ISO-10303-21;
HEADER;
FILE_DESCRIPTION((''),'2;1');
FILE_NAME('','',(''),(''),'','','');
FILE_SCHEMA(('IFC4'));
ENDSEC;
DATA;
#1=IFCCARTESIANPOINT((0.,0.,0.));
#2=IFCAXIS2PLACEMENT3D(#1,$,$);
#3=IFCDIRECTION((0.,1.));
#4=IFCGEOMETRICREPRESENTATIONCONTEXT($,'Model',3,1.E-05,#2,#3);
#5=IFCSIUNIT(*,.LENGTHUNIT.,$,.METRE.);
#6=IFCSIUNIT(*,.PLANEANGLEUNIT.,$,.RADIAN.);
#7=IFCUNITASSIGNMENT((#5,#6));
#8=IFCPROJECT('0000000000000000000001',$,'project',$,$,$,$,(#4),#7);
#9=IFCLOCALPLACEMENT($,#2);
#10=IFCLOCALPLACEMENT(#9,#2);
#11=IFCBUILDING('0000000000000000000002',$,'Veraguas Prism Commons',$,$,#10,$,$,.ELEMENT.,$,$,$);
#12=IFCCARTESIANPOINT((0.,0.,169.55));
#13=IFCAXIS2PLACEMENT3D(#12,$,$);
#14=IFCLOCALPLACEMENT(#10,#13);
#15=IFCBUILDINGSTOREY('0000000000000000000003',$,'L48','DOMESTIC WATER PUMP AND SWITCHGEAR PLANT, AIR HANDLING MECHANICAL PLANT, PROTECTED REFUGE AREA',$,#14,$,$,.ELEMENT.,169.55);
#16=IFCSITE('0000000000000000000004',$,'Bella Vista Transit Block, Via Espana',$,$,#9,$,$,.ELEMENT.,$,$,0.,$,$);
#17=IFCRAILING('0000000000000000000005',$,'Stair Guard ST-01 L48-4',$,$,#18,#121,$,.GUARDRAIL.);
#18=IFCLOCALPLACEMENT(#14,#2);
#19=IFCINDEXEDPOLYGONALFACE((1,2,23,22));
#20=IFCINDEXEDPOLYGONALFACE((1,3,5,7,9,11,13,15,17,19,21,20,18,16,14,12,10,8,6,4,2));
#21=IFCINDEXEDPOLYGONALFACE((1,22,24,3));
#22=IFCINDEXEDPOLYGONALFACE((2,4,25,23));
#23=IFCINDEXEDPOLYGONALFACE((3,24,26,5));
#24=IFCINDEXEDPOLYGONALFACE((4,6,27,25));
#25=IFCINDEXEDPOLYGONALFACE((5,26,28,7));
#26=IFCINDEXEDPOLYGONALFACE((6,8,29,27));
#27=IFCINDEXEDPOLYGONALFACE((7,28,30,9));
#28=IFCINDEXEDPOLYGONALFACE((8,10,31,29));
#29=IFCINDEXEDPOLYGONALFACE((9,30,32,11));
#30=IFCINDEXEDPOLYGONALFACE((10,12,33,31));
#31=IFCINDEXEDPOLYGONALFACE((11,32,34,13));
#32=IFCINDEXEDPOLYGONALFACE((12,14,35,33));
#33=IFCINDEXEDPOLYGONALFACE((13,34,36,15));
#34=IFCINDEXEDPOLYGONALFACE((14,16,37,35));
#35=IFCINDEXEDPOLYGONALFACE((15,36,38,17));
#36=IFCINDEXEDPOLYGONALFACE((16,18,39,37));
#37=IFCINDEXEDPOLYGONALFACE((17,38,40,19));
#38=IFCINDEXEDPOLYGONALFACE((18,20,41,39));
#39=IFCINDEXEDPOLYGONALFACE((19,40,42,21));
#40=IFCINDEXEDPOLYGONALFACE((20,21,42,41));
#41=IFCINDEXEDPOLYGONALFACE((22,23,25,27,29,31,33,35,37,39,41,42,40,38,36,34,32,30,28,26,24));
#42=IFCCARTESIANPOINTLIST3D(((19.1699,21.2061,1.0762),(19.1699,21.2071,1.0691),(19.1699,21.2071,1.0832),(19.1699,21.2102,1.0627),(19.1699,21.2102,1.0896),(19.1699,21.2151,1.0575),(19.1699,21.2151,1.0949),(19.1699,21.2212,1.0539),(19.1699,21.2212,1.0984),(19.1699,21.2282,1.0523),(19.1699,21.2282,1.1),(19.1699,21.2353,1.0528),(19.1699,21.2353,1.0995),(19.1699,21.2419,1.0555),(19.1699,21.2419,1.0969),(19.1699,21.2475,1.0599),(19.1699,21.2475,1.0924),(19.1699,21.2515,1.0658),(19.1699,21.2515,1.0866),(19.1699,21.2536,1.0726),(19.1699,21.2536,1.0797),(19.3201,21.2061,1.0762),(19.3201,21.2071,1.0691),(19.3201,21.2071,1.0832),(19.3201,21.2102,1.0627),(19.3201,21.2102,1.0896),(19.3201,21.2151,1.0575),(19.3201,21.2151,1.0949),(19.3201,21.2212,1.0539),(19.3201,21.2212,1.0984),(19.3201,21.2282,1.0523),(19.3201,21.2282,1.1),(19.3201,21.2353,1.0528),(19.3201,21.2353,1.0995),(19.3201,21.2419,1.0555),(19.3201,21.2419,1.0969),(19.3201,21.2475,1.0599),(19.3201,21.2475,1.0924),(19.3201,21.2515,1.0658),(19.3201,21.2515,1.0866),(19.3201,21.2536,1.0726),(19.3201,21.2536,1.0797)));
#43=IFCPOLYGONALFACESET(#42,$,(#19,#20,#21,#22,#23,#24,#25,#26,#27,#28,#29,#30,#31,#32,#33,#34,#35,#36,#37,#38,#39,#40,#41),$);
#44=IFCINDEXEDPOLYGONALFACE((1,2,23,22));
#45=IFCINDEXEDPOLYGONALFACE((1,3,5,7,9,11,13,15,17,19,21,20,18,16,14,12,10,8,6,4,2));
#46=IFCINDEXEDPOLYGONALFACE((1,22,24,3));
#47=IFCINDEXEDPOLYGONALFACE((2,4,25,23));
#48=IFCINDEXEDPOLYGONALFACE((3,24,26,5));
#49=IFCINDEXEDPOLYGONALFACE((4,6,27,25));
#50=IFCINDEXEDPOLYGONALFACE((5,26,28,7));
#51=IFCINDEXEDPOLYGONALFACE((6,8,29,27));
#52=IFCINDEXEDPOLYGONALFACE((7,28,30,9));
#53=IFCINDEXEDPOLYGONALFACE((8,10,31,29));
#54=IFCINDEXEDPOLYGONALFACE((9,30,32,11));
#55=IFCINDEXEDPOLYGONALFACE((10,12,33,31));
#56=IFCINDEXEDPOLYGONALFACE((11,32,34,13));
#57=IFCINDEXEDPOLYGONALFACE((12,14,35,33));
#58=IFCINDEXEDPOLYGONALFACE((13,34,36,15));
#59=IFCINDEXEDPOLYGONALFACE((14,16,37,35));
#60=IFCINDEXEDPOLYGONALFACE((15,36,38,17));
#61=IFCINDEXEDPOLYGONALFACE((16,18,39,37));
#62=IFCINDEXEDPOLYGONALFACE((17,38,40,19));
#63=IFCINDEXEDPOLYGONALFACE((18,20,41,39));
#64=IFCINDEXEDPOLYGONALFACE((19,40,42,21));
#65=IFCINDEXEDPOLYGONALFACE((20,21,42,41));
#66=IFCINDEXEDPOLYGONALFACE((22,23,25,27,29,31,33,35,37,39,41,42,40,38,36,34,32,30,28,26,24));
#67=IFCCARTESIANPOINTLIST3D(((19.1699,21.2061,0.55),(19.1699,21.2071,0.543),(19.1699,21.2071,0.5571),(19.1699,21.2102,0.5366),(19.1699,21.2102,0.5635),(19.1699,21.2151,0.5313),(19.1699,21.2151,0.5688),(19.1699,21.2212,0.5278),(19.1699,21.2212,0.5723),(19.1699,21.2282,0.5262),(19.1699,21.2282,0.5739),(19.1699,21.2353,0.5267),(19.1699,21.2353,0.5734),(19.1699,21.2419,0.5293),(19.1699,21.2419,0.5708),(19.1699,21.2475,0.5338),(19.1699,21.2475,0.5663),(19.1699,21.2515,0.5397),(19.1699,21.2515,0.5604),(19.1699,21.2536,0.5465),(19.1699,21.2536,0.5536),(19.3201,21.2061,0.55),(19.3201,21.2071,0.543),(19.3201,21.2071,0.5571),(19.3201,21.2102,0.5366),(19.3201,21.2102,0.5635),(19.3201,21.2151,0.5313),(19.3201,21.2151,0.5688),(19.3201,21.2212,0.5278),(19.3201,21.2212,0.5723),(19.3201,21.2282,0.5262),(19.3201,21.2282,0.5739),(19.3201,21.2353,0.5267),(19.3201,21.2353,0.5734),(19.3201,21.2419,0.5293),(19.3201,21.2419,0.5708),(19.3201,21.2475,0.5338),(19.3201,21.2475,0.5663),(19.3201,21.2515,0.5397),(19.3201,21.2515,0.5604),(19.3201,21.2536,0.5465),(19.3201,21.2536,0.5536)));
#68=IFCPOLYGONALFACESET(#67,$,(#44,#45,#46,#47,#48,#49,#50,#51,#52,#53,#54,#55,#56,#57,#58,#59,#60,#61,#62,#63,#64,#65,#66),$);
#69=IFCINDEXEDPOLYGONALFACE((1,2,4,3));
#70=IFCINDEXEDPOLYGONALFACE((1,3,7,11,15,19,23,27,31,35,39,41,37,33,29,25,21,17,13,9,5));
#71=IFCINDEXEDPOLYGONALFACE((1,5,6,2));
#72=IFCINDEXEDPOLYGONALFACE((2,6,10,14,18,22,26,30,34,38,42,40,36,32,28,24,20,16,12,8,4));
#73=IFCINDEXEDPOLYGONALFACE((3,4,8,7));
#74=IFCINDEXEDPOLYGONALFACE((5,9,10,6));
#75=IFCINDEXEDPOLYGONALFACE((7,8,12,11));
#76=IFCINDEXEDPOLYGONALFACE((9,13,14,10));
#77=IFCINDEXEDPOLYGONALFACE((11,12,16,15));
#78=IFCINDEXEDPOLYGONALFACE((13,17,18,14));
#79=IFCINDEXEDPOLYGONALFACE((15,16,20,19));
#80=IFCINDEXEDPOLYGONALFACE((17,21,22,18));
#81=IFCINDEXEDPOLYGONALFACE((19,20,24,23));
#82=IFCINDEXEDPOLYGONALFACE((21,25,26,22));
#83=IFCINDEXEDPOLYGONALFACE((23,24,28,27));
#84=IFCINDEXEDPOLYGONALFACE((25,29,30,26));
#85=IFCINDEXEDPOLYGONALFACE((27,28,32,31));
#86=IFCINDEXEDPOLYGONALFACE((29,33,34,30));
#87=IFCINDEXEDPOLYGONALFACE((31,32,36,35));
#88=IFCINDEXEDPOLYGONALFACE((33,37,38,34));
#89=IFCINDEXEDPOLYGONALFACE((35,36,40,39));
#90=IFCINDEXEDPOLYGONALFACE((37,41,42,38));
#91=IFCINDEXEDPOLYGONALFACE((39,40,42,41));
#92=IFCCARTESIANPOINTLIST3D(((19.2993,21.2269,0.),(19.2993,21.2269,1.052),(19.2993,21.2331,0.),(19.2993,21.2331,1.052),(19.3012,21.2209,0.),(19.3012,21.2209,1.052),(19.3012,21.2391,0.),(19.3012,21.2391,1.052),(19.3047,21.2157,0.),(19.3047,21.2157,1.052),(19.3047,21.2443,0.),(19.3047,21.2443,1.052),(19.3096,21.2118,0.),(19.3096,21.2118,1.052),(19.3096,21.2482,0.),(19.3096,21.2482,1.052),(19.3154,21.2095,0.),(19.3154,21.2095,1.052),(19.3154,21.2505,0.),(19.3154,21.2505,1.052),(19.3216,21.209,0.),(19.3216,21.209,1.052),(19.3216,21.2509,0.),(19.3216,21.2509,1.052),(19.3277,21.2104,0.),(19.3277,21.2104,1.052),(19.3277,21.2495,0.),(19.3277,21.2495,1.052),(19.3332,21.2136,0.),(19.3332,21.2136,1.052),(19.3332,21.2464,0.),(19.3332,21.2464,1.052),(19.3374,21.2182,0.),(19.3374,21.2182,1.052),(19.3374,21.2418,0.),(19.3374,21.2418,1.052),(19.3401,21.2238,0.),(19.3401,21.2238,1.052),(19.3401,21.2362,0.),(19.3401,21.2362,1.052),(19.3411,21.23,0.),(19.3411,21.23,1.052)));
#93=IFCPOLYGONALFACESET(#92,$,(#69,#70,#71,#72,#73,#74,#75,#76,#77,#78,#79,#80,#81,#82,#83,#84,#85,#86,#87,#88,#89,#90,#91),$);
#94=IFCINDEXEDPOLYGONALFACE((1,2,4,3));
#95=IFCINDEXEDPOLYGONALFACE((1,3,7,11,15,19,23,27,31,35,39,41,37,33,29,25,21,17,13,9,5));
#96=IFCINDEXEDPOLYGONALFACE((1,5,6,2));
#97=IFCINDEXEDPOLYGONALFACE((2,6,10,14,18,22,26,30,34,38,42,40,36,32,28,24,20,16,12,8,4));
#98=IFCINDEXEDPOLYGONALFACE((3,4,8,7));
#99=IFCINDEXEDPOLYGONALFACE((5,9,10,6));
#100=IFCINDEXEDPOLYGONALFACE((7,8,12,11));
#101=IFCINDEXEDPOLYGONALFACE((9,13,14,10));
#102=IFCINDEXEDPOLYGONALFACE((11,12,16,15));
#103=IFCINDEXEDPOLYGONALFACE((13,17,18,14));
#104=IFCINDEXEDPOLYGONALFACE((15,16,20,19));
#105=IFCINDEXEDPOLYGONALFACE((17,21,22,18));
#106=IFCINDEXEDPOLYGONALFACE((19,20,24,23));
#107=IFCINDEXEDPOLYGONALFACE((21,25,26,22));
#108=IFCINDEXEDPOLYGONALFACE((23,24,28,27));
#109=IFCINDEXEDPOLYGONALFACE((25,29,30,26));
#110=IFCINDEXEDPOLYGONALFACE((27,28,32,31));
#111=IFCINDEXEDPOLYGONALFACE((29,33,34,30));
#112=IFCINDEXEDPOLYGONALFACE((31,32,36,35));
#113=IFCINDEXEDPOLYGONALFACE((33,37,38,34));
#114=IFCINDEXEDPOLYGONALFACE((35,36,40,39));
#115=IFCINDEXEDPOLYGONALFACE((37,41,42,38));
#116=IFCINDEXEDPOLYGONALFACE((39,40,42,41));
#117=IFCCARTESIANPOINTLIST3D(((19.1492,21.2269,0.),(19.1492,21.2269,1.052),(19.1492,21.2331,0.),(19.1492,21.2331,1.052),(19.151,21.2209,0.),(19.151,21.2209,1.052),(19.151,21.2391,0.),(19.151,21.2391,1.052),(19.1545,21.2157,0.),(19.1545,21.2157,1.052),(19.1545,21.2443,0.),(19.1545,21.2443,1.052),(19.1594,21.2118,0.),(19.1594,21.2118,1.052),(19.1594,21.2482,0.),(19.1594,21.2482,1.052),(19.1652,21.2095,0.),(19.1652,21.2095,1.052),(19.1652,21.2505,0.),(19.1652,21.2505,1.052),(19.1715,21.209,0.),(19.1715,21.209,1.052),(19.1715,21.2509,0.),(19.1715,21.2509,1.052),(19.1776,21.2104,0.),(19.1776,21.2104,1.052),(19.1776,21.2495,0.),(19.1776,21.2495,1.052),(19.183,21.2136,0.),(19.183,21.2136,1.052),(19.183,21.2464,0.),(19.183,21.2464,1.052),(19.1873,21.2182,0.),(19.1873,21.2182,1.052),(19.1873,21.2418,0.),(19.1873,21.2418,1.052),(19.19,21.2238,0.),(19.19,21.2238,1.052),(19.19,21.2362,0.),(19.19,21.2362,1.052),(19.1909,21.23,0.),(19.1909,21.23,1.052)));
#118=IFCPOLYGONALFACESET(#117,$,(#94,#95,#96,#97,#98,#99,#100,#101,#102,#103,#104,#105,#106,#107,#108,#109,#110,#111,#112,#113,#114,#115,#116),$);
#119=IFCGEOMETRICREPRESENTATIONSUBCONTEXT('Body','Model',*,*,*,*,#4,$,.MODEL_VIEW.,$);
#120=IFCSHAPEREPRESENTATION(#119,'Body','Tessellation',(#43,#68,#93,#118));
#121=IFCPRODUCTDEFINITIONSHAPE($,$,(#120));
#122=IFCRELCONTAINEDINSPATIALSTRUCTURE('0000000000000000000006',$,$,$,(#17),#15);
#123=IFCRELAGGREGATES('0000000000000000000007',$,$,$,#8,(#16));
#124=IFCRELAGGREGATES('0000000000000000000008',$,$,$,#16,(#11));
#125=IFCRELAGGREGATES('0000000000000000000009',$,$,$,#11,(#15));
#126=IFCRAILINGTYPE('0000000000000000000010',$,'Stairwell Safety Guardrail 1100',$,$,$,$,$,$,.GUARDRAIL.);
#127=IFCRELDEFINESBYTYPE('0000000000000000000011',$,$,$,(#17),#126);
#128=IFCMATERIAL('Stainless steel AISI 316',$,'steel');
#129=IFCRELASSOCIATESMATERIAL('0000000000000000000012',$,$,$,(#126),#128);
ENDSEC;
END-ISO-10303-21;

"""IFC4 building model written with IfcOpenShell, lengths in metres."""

from ifc_helpers import new_model, si_unit, direction, frame, origin, origin_2d, place, context, subcontext, project, spatial, circle, extrude, material, type_object, element, save


model = new_model("IFC4")

# Units and contexts
model_context = context("Model", 3, precision=1e-05, world=origin(), true_north=direction((0.0, 1.0)))
body_context = subcontext(model_context, "Body", "Model", "MODEL_VIEW")
ifc_project = project(units=[si_unit("LENGTHUNIT", "METRE"), si_unit("PLANEANGLEUNIT", "RADIAN")], contexts=[model_context])

# Site, building, storey
site_placement = place(None, origin())
site = spatial("IfcSite", under=ifc_project, at=site_placement, Name="Bella Vista Transit Block, Via Espana", CompositionType="ELEMENT", RefElevation=0.0)
building_placement = place(site_placement, origin())
building = spatial("IfcBuilding", under=site, at=building_placement, Name="Veraguas Prism Commons", CompositionType="ELEMENT")
storey_placement = place(building_placement, frame((0.0, 0.0, 169.55)))
storey = spatial("IfcBuildingStorey", under=building, at=storey_placement, Name="L48", Description="DOMESTIC WATER PUMP AND SWITCHGEAR PLANT, AIR HANDLING MECHANICAL PLANT, PROTECTED REFUGE AREA", CompositionType="ELEMENT", Elevation=169.55)

# Shared definitions
ifc_material_1 = material(Name="Stainless steel AISI 316", Category="steel")

# Railing
railing_type_1 = type_object("IfcRailingType", Name="Stairwell Safety Guardrail 1100", PredefinedType="GUARDRAIL", material=ifc_material_1)
railing_1_placement = place(storey_placement, frame((19.3201, 21.23, 0.0)))
element("IfcRailing", 1, at=railing_1_placement, inside=storey, type_object=railing_type_1, Name="Stair Guard ST-01 L48-4", PredefinedType="GUARDRAIL", context=body_context, shape_type="SweptSolid", body=[
    extrude(circle(Radius=0.0239, at=origin_2d()), frame((0.0, 0.0, 1.0762), z_axis=(-1.0, 0.0, 0.0), x_axis=(0.0, -1.0, 0.0)), (0.0, 0.0, 1.0), 0.1501),
    extrude(circle(Radius=0.0239, at=origin_2d()), frame((0.0, 0.0, 0.55), z_axis=(-1.0, 0.0, 0.0), x_axis=(0.0, -1.0, 0.0)), (0.0, 0.0, 1.0), 0.1501),
    extrude(circle(Radius=0.021, at=origin_2d()), origin(), (0.0, 0.0, 1.0), 1.052),
    extrude(circle(Radius=0.021, at=origin_2d()), frame((-0.1501, 0.0, 0.0)), (0.0, 0.0, 1.0), 1.052),
])

save(model, "model.ifc")
